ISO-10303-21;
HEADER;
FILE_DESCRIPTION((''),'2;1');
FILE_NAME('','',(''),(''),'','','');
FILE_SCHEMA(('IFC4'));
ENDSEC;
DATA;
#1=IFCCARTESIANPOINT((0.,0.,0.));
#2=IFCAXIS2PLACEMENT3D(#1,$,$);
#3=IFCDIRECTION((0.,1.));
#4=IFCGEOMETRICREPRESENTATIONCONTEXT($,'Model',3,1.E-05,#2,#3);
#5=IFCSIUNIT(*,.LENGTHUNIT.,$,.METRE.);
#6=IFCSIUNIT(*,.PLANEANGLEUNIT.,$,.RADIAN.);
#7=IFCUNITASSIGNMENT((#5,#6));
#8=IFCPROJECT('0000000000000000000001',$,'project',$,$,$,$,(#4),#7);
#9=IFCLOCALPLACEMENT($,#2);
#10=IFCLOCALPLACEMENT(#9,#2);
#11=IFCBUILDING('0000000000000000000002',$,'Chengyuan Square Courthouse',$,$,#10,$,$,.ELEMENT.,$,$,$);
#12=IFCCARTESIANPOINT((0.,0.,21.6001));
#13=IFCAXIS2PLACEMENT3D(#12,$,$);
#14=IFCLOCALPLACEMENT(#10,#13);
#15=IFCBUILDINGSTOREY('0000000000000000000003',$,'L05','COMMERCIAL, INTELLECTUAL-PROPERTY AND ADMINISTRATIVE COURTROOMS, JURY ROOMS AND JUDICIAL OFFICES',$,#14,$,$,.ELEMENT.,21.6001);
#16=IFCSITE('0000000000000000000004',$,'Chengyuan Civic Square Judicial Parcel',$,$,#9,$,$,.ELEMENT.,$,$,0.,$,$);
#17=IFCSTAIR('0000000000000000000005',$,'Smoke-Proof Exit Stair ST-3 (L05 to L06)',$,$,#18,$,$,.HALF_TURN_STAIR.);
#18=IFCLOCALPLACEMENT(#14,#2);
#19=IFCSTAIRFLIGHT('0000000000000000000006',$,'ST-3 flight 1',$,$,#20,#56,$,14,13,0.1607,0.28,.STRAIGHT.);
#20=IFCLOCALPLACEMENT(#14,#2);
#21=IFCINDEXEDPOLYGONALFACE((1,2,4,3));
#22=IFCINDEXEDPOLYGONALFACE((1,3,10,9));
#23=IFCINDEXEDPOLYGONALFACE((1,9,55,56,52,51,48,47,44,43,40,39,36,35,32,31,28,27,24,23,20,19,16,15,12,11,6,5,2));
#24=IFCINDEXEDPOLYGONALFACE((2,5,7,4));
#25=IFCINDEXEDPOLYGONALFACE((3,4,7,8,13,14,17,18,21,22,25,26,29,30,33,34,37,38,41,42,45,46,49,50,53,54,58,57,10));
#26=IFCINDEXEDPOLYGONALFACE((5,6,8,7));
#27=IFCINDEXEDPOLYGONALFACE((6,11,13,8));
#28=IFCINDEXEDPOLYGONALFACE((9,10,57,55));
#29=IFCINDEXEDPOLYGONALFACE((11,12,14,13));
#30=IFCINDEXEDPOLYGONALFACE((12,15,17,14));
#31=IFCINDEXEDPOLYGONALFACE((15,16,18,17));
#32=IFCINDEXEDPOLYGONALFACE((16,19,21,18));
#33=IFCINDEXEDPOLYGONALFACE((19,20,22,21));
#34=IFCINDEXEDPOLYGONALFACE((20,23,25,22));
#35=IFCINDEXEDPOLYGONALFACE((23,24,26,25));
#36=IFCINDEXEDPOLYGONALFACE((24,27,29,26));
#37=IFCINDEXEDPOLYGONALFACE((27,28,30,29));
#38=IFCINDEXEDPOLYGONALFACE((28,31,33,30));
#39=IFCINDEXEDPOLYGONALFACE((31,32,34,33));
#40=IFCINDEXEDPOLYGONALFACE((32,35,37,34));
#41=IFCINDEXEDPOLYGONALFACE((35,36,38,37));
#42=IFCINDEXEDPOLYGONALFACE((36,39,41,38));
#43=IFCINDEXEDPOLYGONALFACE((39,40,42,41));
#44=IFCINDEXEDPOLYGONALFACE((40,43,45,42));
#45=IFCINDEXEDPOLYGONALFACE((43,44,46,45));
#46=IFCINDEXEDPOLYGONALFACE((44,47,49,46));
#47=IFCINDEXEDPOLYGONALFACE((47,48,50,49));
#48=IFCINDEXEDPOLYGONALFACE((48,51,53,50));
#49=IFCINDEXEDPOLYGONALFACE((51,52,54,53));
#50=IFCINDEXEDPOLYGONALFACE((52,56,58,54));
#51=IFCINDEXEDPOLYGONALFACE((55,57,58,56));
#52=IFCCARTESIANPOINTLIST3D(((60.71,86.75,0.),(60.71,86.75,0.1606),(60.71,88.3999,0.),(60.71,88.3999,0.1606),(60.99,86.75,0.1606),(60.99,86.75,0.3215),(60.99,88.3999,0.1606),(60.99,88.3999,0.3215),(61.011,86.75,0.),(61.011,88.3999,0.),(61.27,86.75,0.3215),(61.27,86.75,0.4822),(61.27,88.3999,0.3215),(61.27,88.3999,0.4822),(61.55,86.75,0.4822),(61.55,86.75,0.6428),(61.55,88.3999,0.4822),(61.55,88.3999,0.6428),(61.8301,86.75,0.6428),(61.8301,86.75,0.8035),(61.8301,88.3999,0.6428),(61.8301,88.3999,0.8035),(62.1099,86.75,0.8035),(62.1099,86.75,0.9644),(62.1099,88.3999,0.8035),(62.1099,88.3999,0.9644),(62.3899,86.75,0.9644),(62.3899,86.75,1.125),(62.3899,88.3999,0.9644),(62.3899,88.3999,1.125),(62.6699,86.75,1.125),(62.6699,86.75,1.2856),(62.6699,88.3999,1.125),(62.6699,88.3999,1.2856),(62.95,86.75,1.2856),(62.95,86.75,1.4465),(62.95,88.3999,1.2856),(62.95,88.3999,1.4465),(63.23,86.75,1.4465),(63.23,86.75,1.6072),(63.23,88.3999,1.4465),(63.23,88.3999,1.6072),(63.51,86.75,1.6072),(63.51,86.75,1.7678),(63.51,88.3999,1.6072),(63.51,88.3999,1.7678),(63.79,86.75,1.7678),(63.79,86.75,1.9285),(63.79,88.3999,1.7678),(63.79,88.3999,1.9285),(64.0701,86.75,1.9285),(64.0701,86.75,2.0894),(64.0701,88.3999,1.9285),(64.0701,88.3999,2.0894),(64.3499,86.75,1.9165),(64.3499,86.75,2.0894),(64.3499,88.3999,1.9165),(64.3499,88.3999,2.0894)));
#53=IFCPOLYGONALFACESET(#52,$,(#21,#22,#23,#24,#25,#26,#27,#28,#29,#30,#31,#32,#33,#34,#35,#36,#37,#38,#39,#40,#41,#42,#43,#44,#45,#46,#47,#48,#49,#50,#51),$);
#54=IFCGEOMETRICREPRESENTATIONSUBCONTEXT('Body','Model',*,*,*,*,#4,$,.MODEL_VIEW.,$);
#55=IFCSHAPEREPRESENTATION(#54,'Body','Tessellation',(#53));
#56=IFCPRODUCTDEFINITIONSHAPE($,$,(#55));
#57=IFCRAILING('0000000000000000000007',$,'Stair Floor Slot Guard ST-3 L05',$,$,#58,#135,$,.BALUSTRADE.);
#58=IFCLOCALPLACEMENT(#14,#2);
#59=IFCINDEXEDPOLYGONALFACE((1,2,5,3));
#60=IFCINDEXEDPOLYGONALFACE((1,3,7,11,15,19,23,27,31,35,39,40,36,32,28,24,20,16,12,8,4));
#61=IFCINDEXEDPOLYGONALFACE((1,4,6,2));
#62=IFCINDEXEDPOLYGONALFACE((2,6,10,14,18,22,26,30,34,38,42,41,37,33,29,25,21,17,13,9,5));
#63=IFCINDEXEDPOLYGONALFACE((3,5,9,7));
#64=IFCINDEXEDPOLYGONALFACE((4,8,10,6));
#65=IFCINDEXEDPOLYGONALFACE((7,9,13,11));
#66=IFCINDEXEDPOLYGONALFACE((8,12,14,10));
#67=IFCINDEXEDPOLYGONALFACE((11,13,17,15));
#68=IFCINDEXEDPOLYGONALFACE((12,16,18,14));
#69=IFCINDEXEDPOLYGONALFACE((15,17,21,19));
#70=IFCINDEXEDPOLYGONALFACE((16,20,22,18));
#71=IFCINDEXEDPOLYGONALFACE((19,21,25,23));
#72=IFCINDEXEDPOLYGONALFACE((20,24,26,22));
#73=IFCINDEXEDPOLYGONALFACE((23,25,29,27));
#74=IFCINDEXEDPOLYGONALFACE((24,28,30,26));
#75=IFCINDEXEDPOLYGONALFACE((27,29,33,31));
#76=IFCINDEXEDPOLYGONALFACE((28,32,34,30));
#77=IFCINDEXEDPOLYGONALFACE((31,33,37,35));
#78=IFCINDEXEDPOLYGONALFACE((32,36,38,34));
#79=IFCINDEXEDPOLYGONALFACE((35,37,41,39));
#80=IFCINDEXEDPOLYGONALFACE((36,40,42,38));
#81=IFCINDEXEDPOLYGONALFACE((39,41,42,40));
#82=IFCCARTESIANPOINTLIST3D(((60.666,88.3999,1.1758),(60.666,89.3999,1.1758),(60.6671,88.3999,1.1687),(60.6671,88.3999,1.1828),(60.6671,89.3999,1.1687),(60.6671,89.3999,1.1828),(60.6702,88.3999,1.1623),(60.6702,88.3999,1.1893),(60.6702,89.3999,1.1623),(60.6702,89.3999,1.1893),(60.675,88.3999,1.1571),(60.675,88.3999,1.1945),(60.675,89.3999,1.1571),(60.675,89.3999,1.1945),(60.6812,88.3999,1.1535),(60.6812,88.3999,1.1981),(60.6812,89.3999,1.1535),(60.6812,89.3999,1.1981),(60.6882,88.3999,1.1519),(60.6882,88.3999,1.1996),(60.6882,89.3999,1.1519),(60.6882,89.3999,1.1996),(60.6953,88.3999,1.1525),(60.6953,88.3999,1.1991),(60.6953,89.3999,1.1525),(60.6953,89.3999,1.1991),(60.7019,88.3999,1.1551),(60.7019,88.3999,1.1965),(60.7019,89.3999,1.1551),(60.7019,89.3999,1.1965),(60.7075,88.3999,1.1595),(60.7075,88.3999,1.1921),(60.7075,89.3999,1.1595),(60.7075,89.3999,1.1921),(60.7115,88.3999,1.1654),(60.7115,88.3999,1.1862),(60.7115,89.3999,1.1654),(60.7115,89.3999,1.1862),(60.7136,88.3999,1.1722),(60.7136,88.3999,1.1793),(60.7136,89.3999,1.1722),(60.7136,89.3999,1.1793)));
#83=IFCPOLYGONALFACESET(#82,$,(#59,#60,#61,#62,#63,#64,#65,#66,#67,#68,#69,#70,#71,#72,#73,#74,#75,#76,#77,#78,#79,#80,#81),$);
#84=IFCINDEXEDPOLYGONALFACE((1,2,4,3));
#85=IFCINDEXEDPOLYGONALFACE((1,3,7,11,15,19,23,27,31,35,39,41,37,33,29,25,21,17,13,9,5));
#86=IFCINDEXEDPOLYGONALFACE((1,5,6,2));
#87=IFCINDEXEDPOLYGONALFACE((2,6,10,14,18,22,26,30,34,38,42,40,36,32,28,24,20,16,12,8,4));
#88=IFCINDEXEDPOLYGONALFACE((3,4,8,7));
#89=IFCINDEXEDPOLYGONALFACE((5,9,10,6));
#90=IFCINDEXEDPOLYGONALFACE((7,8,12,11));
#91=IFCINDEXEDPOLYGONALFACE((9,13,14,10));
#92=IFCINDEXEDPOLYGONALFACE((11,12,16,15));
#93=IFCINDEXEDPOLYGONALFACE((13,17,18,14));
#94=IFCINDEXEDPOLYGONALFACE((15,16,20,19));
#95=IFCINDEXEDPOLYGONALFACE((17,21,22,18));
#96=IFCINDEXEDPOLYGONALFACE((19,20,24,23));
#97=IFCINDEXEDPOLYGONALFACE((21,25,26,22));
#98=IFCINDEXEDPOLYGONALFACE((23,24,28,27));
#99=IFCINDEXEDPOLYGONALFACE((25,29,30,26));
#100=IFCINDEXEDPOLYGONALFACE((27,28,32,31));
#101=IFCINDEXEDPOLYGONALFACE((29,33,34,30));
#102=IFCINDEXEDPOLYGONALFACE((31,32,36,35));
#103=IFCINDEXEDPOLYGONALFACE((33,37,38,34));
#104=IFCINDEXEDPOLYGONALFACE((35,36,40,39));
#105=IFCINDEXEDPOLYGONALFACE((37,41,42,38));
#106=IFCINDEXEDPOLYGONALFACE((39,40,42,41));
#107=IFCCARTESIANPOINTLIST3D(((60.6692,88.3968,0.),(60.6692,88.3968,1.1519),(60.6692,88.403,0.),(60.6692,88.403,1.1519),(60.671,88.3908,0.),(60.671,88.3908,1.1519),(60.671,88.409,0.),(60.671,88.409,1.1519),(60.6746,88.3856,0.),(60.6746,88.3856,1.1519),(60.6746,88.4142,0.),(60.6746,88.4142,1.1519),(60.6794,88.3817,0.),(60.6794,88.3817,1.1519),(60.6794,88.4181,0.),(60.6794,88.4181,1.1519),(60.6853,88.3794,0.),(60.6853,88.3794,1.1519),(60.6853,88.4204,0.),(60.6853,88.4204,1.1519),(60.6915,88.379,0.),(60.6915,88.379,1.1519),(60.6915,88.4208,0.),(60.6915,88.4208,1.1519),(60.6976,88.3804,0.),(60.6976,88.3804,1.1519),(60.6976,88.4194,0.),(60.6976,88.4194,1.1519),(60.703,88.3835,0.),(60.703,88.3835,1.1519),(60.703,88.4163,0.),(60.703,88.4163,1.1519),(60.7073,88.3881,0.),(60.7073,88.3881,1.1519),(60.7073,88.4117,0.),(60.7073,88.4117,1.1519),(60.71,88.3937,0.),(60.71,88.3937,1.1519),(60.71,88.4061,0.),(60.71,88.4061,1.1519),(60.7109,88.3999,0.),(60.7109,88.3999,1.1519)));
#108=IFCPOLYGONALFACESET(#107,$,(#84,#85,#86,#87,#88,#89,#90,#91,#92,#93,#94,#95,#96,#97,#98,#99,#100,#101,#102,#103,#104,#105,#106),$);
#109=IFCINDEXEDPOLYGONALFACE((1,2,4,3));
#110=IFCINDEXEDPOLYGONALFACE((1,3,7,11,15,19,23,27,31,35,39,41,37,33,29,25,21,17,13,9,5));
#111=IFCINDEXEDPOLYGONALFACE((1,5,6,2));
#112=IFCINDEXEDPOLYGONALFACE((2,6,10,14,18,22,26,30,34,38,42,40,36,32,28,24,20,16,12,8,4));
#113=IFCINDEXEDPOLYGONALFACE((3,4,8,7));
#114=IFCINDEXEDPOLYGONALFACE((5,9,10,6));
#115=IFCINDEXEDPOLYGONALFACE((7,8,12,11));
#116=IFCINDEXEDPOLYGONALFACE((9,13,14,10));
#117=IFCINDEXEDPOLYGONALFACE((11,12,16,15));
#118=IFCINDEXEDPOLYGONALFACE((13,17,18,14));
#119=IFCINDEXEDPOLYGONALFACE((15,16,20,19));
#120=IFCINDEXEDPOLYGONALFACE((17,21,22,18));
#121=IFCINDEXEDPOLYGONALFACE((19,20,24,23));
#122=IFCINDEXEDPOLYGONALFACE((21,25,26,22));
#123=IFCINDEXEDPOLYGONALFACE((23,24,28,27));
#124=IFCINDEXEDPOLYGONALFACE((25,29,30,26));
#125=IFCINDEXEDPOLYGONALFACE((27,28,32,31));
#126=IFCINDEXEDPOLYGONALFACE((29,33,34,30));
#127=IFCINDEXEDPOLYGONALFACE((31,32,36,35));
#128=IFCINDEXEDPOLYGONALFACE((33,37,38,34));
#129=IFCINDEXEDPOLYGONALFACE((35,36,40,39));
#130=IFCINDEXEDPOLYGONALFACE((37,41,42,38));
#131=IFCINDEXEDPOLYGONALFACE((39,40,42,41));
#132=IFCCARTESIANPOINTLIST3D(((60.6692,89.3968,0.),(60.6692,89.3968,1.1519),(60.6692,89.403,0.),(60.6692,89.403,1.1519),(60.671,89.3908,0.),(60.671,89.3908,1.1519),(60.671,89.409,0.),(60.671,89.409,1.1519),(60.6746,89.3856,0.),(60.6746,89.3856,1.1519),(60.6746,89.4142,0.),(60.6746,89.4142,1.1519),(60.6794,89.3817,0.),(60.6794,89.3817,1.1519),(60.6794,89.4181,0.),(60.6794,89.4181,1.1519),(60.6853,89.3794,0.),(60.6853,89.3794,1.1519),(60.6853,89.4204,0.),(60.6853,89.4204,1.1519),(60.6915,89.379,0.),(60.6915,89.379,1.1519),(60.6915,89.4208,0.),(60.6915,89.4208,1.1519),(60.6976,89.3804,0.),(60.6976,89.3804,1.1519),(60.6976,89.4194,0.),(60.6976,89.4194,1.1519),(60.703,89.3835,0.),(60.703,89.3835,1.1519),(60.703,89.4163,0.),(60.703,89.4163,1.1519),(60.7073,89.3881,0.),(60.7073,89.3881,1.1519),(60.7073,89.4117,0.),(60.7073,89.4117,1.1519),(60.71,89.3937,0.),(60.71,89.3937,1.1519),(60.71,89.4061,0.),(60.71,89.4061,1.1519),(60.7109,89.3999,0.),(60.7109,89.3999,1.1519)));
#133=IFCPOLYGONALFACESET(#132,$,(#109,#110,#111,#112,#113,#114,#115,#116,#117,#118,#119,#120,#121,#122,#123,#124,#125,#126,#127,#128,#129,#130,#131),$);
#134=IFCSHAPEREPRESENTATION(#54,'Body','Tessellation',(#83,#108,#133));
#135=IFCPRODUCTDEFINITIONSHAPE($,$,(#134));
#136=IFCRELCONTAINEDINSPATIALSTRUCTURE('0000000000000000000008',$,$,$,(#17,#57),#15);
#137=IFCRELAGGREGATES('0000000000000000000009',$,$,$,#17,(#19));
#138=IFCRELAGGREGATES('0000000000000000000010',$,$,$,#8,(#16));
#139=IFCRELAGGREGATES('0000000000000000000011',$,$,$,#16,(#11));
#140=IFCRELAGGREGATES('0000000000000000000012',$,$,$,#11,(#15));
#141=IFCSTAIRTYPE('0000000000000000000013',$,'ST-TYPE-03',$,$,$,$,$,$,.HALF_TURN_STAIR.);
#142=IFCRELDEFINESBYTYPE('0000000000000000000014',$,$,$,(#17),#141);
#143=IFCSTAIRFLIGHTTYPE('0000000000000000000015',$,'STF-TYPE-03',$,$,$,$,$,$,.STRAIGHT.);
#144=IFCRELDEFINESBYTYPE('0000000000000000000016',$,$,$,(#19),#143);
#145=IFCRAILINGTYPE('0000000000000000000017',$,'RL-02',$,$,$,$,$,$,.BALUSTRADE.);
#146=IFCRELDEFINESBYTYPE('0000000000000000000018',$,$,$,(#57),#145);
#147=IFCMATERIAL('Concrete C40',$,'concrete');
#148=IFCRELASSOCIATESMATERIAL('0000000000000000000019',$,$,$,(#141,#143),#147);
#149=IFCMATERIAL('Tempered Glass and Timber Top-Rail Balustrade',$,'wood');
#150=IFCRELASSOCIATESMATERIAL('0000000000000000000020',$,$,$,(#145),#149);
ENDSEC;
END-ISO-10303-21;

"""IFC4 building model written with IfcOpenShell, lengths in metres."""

from ifc_helpers import new_model, si_unit, direction, frame, origin, origin_2d, place, context, subcontext, project, spatial, polyline, circle, outline, extrude, material, type_object, element, aggregate, save


model = new_model("IFC4")

# Units and contexts
model_context = context("Model", 3, precision=1e-05, world=origin(), true_north=direction((0.0, 1.0)))
body_context = subcontext(model_context, "Body", "Model", "MODEL_VIEW")
ifc_project = project(units=[si_unit("LENGTHUNIT", "METRE"), si_unit("PLANEANGLEUNIT", "RADIAN")], contexts=[model_context])

# Site, building, storey
site_placement = place(None, origin())
site = spatial("IfcSite", under=ifc_project, at=site_placement, Name="Chengyuan Civic Square Judicial Parcel", CompositionType="ELEMENT", RefElevation=0.0)
building_placement = place(site_placement, origin())
building = spatial("IfcBuilding", under=site, at=building_placement, Name="Chengyuan Square Courthouse", CompositionType="ELEMENT")
storey_placement = place(building_placement, frame((0.0, 0.0, 21.6001)))
storey = spatial("IfcBuildingStorey", under=building, at=storey_placement, Name="L05", Description="COMMERCIAL, INTELLECTUAL-PROPERTY AND ADMINISTRATIVE COURTROOMS, JURY ROOMS AND JUDICIAL OFFICES", CompositionType="ELEMENT", Elevation=21.6001)

# Shared definitions
ifc_material_1 = material(Name="Concrete C40", Category="concrete")

# Stair, stair flight
stair_type = type_object("IfcStairType", Name="ST-TYPE-03", PredefinedType="HALF_TURN_STAIR", material=ifc_material_1)
stair_placement = place(storey_placement, origin())
stair = element("IfcStair", 1, at=stair_placement, inside=storey, type_object=stair_type, Name="Smoke-Proof Exit Stair ST-3 (L05 to L06)", PredefinedType="HALF_TURN_STAIR")
stair_flight_type = type_object("IfcStairFlightType", Name="STF-TYPE-03", PredefinedType="STRAIGHT", material=ifc_material_1)
stair_flight_placement = place(storey_placement, frame((60.71, 87.575, 0.0), z_axis=(0.0, 0.0, 1.0), x_axis=(1.0, 0.0, 0.0)))
stair_flight = element("IfcStairFlight", 2, at=stair_flight_placement, type_object=stair_flight_type, Name="ST-3 flight 1", NumberOfRisers=14, NumberOfTreads=13, PredefinedType="STRAIGHT", RiserHeight=0.1607, TreadLength=0.28, context=body_context, shape_type="SweptSolid", body=[
    extrude(outline(polyline([(0.0, 0.0), (0.0, 0.1606), (0.28, 0.1606), (0.28, 0.3215), (0.5601, 0.3215), (0.5601, 0.4822), (0.8401, 0.4822), (0.8401, 0.6428), (1.1201, 0.6428), (1.1201, 0.8035), (1.3999, 0.8035), (1.3999, 0.9644), (1.6799, 0.9644), (1.6799, 1.125), (1.96, 1.125), (1.96, 1.2856), (2.24, 1.2856), (2.24, 1.4465), (2.52, 1.4465), (2.52, 1.6072), (2.8, 1.6072), (2.8, 1.7678), (3.0801, 1.7678), (3.0801, 1.9285), (3.3601, 1.9285), (3.3601, 2.0894), (3.6399, 2.0894), (3.6399, 2.25), (3.6399, 1.9165), (0.301, 0.0), (0.0, 0.0)])), frame((0.0, 0.825, 0.0), z_axis=(0.0, -1.0, 0.0), x_axis=(1.0, 0.0, 0.0)), (0.0, 0.0, 1.0), 1.6499),
])
aggregate(stair, [stair_flight])

# Railing
ifc_material_2 = material(Name="Tempered Glass and Timber Top-Rail Balustrade", Category="wood")
railing_type_1 = type_object("IfcRailingType", Name="RL-02", PredefinedType="BALUSTRADE", material=ifc_material_2)
railing_1_placement = place(storey_placement, frame((60.6899, 88.3999, 0.0)))
element("IfcRailing", 3, at=railing_1_placement, inside=storey, type_object=railing_type_1, Name="Stair Floor Slot Guard ST-3 L05", PredefinedType="BALUSTRADE", context=body_context, shape_type="SweptSolid", body=[
    extrude(circle(Radius=0.0239, at=origin_2d()), frame((0.0, 0.0, 1.1758), z_axis=(0.0, 1.0, 0.0), x_axis=(-1.0, 0.0, 0.0)), (0.0, 0.0, 1.0), 1.0),
    extrude(circle(Radius=0.021, at=origin_2d()), origin(), (0.0, 0.0, 1.0), 1.1519),
    extrude(circle(Radius=0.021, at=origin_2d()), frame((0.0, 1.0, 0.0)), (0.0, 0.0, 1.0), 1.1519),
])

save(model, "model.ifc")
